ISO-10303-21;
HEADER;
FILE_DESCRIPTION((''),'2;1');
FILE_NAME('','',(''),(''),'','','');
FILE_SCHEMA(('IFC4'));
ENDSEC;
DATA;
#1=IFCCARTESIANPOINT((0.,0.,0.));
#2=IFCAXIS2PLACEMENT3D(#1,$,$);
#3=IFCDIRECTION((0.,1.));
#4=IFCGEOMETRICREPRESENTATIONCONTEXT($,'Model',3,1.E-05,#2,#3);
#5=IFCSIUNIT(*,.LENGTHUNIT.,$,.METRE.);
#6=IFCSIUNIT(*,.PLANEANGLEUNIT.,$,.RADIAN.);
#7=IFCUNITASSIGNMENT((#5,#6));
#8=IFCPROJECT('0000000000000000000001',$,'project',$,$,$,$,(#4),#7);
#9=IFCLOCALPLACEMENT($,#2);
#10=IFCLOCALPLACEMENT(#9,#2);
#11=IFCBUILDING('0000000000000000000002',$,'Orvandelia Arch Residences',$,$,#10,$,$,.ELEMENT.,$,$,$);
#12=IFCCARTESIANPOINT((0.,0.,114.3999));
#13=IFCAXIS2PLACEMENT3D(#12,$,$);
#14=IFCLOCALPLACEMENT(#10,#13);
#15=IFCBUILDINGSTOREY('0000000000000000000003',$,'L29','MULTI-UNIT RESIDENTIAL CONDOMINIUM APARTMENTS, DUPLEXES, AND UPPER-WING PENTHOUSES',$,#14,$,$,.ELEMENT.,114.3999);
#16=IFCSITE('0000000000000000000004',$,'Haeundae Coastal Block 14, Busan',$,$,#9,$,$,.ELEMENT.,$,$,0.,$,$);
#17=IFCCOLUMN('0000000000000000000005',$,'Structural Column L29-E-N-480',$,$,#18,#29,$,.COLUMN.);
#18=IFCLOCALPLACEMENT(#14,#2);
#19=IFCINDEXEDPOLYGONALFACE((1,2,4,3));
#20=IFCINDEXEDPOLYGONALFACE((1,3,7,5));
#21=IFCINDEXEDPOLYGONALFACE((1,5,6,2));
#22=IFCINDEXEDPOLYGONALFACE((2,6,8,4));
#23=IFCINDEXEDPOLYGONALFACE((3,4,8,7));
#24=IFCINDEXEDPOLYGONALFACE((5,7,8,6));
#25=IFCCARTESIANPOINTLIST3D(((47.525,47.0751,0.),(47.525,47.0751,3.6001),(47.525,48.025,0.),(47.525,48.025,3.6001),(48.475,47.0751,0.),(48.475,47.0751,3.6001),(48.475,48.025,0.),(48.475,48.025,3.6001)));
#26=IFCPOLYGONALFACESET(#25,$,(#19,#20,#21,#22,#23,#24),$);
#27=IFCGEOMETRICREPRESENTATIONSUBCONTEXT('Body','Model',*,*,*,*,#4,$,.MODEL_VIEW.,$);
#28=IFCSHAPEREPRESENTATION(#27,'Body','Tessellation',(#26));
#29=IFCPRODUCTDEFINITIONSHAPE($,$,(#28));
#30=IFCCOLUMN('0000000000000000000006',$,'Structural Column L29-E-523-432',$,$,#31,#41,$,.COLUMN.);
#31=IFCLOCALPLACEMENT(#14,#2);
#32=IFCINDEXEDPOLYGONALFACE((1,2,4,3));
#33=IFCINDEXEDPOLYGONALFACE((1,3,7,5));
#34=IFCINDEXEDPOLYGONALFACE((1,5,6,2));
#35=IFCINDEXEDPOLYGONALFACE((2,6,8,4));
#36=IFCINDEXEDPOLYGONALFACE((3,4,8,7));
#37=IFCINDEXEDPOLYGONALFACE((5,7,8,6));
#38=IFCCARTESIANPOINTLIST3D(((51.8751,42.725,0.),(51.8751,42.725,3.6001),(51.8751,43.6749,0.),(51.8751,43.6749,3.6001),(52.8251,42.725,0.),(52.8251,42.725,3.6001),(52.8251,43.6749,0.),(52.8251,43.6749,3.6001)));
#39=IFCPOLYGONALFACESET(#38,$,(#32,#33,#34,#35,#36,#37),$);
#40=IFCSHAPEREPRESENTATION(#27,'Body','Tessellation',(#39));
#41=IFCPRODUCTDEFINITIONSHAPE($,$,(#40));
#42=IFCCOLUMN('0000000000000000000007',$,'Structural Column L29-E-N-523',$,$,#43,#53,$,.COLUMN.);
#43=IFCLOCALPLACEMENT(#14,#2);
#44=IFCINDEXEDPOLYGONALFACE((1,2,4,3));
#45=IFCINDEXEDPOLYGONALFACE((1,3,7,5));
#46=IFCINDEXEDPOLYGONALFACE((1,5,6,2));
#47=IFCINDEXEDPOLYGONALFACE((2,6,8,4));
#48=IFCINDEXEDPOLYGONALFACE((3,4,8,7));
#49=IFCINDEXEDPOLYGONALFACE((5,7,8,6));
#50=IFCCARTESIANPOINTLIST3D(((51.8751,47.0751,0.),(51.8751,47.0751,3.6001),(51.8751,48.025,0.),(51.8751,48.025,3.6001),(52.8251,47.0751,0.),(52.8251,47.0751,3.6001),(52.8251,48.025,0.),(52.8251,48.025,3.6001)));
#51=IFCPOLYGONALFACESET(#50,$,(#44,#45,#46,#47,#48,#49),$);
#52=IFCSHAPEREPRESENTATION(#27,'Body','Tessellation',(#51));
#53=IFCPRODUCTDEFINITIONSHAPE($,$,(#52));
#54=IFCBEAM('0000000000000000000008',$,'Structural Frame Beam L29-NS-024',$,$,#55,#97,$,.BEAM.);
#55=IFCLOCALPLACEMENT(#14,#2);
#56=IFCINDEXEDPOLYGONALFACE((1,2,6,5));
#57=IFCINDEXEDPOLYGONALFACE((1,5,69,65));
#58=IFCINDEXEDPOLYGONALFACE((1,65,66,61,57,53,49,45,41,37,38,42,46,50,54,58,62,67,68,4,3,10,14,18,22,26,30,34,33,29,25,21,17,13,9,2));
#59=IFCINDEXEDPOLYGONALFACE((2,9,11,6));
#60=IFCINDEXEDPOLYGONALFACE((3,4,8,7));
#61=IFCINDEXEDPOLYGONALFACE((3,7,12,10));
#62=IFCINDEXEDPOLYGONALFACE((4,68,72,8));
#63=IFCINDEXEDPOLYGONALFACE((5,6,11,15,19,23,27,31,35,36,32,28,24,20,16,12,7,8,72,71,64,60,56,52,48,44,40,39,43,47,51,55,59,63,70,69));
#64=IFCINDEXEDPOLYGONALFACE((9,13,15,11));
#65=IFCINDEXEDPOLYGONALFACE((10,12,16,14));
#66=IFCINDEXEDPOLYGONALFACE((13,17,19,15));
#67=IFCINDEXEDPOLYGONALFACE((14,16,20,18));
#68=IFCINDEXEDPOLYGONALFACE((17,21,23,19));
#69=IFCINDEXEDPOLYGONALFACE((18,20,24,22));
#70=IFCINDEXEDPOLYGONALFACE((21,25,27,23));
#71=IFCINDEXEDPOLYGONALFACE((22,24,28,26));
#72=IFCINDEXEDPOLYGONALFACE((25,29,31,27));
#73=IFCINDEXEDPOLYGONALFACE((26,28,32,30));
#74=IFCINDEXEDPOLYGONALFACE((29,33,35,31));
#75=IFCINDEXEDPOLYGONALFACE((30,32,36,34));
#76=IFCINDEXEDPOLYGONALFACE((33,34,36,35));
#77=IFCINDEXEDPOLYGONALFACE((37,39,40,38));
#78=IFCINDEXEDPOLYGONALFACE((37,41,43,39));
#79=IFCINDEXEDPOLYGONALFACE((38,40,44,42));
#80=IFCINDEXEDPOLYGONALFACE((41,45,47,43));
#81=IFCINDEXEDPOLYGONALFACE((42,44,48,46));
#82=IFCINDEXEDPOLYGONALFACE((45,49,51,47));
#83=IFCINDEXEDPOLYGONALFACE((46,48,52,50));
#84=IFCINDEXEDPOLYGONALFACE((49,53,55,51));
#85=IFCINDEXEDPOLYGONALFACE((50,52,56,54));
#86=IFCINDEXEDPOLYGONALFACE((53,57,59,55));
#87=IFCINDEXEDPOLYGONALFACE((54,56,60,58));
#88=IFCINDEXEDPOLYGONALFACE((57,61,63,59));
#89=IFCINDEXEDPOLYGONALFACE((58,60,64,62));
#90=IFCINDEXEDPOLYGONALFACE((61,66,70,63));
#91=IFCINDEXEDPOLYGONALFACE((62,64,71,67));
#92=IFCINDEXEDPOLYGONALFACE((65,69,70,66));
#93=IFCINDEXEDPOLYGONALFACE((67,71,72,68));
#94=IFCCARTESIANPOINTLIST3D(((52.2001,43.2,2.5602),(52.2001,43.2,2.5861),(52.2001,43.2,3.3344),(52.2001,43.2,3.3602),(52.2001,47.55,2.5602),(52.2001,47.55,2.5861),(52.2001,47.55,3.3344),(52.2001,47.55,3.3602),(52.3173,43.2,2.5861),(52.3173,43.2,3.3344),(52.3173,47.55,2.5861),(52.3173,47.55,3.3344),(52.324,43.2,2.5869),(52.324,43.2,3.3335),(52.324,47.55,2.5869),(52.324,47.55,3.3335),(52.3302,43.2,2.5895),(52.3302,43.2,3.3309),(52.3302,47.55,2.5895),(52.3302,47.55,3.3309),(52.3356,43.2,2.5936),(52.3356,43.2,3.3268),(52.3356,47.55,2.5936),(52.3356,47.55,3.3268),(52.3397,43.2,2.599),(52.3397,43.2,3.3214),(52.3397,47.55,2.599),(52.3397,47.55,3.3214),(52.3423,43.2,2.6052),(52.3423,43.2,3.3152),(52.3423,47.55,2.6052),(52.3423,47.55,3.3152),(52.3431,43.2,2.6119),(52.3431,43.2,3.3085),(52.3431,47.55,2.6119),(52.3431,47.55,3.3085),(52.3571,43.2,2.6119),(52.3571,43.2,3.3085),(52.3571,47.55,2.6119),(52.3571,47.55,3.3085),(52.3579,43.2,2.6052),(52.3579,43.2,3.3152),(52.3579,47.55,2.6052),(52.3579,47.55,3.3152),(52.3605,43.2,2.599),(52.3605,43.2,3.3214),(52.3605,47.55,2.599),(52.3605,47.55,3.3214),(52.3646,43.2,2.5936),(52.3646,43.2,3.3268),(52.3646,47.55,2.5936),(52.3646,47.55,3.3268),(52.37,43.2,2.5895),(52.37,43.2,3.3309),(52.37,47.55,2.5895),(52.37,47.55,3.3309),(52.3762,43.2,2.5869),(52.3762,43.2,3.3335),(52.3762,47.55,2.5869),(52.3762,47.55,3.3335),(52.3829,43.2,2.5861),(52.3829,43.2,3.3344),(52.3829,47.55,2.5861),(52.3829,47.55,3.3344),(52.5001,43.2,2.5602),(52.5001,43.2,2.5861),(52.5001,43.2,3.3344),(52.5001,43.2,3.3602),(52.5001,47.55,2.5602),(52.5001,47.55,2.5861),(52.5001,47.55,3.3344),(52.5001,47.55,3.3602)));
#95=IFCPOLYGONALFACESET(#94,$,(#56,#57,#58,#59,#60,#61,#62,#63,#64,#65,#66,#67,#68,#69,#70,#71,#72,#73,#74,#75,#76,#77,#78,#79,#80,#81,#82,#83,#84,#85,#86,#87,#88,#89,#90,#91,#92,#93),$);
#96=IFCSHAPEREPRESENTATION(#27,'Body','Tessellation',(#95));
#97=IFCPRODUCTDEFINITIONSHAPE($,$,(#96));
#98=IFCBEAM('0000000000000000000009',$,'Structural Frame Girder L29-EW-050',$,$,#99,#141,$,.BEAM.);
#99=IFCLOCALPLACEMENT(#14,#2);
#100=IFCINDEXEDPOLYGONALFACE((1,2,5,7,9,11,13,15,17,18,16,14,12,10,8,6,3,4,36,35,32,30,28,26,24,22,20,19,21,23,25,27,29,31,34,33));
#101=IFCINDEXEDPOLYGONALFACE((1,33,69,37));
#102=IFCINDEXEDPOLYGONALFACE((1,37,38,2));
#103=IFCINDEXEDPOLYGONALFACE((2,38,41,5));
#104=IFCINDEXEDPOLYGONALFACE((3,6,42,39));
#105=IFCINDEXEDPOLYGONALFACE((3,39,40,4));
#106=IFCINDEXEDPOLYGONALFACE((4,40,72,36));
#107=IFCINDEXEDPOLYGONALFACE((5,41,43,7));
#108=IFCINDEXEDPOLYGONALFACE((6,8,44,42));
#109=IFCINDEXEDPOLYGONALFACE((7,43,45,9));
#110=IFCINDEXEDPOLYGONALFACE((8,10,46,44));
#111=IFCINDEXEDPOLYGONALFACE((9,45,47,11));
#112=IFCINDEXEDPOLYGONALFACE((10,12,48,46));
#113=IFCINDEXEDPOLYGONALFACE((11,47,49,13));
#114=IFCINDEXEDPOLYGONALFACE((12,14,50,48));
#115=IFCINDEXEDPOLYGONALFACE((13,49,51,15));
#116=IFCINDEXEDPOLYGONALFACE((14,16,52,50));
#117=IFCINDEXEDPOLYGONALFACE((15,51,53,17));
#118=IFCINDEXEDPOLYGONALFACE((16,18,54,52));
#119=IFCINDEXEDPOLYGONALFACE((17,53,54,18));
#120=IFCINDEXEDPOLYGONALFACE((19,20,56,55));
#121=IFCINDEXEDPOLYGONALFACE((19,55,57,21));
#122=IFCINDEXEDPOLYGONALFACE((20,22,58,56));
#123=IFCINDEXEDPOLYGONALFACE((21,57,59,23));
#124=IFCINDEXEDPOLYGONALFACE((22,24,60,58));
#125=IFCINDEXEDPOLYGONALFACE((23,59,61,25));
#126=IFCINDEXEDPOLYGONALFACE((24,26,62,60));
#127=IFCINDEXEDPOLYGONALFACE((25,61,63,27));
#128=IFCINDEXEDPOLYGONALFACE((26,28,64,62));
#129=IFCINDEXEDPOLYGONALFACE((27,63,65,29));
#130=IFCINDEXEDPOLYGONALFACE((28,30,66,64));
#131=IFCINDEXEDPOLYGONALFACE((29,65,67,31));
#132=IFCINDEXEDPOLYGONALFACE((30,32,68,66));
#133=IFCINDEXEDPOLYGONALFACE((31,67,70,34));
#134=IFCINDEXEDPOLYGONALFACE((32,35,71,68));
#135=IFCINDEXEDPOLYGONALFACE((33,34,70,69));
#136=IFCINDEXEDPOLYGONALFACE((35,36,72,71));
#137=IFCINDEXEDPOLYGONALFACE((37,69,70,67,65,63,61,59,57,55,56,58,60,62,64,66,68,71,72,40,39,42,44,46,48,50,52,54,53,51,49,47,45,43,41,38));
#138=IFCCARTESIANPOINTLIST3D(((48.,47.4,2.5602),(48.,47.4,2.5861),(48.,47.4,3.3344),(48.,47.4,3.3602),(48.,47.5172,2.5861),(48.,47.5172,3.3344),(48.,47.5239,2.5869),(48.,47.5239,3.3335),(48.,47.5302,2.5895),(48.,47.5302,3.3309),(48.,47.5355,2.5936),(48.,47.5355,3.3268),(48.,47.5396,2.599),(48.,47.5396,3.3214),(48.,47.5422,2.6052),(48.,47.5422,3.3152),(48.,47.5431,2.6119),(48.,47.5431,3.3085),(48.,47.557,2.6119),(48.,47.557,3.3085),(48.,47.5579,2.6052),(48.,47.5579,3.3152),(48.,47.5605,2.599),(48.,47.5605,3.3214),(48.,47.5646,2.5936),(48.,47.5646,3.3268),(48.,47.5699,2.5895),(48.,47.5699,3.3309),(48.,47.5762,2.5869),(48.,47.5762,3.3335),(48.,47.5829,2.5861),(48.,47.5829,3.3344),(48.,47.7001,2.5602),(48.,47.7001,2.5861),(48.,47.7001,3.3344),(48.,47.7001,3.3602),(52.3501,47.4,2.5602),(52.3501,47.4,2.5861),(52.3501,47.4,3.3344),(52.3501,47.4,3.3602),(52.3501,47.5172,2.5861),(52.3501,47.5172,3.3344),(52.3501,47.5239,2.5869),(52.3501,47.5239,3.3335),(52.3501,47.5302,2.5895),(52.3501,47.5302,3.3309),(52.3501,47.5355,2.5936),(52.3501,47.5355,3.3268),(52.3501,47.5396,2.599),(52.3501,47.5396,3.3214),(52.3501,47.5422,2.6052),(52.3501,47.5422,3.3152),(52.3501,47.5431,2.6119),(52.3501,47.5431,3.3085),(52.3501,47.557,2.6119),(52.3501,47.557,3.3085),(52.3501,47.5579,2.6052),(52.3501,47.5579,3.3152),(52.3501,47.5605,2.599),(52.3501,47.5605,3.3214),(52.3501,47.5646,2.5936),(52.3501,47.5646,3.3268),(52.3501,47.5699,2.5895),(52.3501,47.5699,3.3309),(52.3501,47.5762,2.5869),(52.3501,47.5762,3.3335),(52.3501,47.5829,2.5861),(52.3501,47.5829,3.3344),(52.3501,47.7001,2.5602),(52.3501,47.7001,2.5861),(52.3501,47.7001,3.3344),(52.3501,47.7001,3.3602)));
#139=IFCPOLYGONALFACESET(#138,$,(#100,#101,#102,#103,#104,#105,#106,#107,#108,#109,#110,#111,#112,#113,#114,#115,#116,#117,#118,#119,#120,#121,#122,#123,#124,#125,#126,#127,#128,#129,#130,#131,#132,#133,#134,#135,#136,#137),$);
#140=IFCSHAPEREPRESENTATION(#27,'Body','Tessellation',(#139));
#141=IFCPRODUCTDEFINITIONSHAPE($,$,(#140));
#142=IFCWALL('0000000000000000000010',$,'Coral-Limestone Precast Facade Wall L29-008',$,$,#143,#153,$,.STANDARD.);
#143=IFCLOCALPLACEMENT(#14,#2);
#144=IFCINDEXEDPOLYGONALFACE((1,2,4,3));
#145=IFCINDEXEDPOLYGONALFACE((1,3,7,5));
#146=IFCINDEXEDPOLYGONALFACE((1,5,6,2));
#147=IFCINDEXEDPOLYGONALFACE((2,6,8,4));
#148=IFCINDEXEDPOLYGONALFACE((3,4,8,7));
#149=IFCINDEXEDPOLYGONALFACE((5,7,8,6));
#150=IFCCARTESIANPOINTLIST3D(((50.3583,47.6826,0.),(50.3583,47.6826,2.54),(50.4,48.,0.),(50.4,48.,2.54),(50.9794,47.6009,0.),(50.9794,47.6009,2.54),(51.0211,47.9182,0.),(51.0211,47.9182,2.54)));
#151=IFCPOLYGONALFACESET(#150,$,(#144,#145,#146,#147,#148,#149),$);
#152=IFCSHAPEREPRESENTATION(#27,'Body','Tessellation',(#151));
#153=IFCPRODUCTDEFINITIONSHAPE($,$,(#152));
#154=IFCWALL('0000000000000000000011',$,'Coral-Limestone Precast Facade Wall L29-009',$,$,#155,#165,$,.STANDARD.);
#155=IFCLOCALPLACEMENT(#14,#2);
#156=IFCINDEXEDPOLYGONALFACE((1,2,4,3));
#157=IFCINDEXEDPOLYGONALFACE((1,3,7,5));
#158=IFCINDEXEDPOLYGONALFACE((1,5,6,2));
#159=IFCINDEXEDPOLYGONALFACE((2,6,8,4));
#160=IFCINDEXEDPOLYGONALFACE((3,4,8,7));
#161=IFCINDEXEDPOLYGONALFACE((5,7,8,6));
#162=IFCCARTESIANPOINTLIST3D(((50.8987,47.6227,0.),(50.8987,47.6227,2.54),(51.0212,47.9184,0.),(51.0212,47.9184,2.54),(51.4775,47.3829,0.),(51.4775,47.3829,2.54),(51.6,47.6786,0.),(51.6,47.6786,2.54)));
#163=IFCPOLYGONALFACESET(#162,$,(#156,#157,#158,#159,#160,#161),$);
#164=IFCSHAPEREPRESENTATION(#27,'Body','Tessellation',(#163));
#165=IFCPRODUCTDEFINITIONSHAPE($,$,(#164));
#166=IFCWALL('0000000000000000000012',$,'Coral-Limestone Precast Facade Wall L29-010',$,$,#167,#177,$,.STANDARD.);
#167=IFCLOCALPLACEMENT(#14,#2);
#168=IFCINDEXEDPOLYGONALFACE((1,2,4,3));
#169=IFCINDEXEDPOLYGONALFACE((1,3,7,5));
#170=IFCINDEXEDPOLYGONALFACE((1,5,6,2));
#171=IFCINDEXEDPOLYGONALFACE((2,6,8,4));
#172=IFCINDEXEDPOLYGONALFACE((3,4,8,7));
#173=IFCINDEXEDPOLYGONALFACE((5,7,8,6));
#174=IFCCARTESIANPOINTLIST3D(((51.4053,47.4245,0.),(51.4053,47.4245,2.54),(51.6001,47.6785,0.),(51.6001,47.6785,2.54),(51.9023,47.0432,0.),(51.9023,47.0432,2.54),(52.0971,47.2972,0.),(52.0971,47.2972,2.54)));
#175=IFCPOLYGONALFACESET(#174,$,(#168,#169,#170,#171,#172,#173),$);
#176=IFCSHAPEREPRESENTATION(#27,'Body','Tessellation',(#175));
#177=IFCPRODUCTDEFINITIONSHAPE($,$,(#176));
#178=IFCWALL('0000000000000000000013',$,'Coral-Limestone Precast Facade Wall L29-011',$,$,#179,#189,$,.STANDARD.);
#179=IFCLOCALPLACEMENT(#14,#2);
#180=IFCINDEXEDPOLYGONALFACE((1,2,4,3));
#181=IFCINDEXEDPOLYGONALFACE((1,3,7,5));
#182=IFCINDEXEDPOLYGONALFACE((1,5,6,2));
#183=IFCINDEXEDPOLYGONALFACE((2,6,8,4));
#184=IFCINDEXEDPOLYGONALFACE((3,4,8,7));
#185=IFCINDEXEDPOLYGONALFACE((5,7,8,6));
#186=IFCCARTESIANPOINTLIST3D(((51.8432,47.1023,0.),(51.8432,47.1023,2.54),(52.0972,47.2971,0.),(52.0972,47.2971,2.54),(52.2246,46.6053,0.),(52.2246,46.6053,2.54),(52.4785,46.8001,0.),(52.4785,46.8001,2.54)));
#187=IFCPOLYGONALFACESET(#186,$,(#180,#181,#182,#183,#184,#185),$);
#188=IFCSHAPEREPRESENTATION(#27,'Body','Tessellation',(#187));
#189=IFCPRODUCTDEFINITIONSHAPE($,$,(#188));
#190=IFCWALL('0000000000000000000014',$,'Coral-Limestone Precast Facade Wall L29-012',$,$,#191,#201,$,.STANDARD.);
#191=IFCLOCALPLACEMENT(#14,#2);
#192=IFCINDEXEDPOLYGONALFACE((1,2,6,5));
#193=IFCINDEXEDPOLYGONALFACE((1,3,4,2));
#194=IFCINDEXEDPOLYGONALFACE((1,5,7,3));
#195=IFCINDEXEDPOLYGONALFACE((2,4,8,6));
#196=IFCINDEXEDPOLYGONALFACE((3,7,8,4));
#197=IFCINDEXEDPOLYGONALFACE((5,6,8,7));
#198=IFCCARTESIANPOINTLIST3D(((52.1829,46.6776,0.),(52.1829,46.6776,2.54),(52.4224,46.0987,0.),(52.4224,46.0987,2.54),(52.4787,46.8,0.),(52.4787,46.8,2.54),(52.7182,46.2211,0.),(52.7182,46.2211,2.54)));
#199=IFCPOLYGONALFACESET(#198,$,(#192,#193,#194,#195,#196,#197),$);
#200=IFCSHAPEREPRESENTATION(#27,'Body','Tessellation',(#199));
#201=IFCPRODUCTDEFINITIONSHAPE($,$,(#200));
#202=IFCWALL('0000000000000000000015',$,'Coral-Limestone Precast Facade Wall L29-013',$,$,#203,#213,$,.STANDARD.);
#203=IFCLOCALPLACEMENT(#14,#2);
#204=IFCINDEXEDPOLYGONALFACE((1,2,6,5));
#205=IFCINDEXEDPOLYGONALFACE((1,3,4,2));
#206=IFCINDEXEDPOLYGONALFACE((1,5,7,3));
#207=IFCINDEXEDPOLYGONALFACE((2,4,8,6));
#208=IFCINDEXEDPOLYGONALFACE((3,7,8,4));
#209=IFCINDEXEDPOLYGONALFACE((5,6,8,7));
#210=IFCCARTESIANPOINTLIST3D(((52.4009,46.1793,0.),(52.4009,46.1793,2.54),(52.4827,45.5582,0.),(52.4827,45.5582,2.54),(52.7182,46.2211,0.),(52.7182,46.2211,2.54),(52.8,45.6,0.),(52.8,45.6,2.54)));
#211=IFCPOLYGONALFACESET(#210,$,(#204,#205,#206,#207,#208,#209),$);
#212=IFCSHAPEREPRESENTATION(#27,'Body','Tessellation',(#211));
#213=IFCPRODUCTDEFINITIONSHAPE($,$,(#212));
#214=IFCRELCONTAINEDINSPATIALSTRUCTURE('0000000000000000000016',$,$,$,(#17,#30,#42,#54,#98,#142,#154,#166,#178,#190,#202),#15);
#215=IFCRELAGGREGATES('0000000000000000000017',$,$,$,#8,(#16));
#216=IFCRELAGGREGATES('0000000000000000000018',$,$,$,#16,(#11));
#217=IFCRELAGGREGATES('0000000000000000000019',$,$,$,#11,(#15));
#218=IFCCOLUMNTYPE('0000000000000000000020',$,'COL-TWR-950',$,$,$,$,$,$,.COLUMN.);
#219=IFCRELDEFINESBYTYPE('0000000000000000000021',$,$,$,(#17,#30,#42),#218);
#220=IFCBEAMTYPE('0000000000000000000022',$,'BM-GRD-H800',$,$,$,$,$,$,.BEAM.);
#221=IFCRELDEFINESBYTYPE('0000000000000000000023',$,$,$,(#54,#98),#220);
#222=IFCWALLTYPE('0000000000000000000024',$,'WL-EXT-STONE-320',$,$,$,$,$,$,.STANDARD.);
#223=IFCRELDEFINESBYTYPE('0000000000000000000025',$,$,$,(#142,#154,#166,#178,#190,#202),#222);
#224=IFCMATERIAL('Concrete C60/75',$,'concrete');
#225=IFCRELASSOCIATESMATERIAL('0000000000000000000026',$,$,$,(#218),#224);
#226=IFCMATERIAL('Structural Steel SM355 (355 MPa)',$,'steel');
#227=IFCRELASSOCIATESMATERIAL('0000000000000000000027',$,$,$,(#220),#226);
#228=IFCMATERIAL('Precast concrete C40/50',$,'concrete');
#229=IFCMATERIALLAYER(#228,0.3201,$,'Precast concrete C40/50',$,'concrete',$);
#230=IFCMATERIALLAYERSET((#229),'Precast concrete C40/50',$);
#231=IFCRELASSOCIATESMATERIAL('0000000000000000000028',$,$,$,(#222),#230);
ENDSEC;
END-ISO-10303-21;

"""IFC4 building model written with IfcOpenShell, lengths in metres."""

from ifc_helpers import new_model, si_unit, direction, frame, frame_2d, origin, origin_2d, place, context, subcontext, project, spatial, rectangle, i_section, extrude, material, layer, layer_set, material_profile, profile_set, type_object, element, save


model = new_model("IFC4")

# Units and contexts
model_context = context("Model", 3, precision=1e-05, world=origin(), true_north=direction((0.0, 1.0)))
body_context = subcontext(model_context, "Body", "Model", "MODEL_VIEW")
ifc_project = project(units=[si_unit("LENGTHUNIT", "METRE"), si_unit("PLANEANGLEUNIT", "RADIAN")], contexts=[model_context])

# Site, building, storey
site_placement = place(None, origin())
site = spatial("IfcSite", under=ifc_project, at=site_placement, Name="Haeundae Coastal Block 14, Busan", CompositionType="ELEMENT", RefElevation=0.0)
building_placement = place(site_placement, origin())
building = spatial("IfcBuilding", under=site, at=building_placement, Name="Orvandelia Arch Residences", CompositionType="ELEMENT")
storey_placement = place(building_placement, frame((0.0, 0.0, 114.3999)))
storey = spatial("IfcBuildingStorey", under=building, at=storey_placement, Name="L29", Description="MULTI-UNIT RESIDENTIAL CONDOMINIUM APARTMENTS, DUPLEXES, AND UPPER-WING PENTHOUSES", CompositionType="ELEMENT", Elevation=114.3999)

# Columns
ifc_material_1 = material(Name="Concrete C60/75", Category="concrete")
ifc_material_profile_1 = material_profile(ifc_material_1, rectangle(XDim=0.95, YDim=0.95, at=origin_2d()), Name="Concrete C60/75", Category="concrete")
ifc_profile_set_1 = profile_set([ifc_material_profile_1], Name="Concrete C60/75")
column_type = type_object("IfcColumnType", Name="COL-TWR-950", PredefinedType="COLUMN", material=ifc_profile_set_1)
for number, where, z_axis, x_axis, name in (
    (1, (48.0, 47.55, 0.0), (0.0, 0.0, 1.0), (1.0, 0.0, 0.0), "Structural Column L29-E-N-480"),
    (2, (52.3501, 43.2, 0.0), (0.0, 0.0, 1.0), (1.0, 0.0, 0.0), "Structural Column L29-E-523-432"),
    (3, (52.3501, 47.55, 0.0), (0.0, 0.0, 1.0), (1.0, 0.0, 0.0), "Structural Column L29-E-N-523"),
):
    element("IfcColumn", number, at=place(storey_placement, frame(where, z_axis=z_axis, x_axis=x_axis)), inside=storey, type_object=column_type, Name=name, PredefinedType="COLUMN", context=body_context, shape_type="SweptSolid", body=[
        extrude(rectangle(XDim=0.95, YDim=0.95, at=origin_2d()), origin(), (0.0, 0.0, 1.0), 3.6001),
    ])

# Beams
ifc_material_2 = material(Name="Structural Steel SM355 (355 MPa)", Category="steel")
ifc_material_profile_2 = material_profile(ifc_material_2, i_section(OverallWidth=0.3, OverallDepth=0.8, WebThickness=0.0139, FlangeThickness=0.0259, FilletRadius=0.0259, at=origin_2d()), Name="Structural Steel SM355 (355 MPa)", Category="steel")
ifc_profile_set_2 = profile_set([ifc_material_profile_2], Name="Structural Steel SM355 (355 MPa)")
beam_type = type_object("IfcBeamType", Name="BM-GRD-H800", PredefinedType="BEAM", material=ifc_profile_set_2)
for number, where, z_axis, x_axis, name in (
    (4, (52.3501, 43.2, 2.9602), (0.0, 1.0, 0.0), (-1.0, 0.0, 0.0), "Structural Frame Beam L29-NS-024"),
    (5, (48.0, 47.55, 2.9602), (1.0, 0.0, 0.0), (0.0, 1.0, 0.0), "Structural Frame Girder L29-EW-050"),
):
    element("IfcBeam", number, at=place(storey_placement, frame(where, z_axis=z_axis, x_axis=x_axis)), inside=storey, type_object=beam_type, Name=name, PredefinedType="BEAM", context=body_context, shape_type="SweptSolid", body=[
        extrude(i_section(OverallWidth=0.3, OverallDepth=0.8, WebThickness=0.0139, FlangeThickness=0.0259, FilletRadius=0.0259, at=origin_2d()), origin(), (0.0, 0.0, 1.0), 4.3501),
    ])

# Walls
ifc_material_3 = material(Name="Precast concrete C40/50", Category="concrete")
ifc_layer_1 = layer(ifc_material_3, 0.3201, Name="Precast concrete C40/50", Category="concrete")
ifc_layer_set_1 = layer_set([ifc_layer_1], Name="Precast concrete C40/50")
wall_type_1 = type_object("IfcWallType", Name="WL-EXT-STONE-320", PredefinedType="STANDARD", material=ifc_layer_set_1)
for number, where, z_axis, x_axis, name in (
    (6, (50.3792, 47.8413, 0.0), (0.0, 0.0, 1.0), (0.991441, -0.130555, 0.0), "Coral-Limestone Precast Facade Wall L29-008"),
    (7, (50.96, 47.7705, 0.0), (0.0, 0.0, 1.0), (0.923893, -0.38265, 0.0), "Coral-Limestone Precast Facade Wall L29-009"),
    (8, (51.5027, 47.5515, 0.0), (0.0, 0.0, 1.0), (0.793406, -0.608693, 0.0), "Coral-Limestone Precast Facade Wall L29-010"),
    (9, (51.9702, 47.1997, 0.0), (0.0, 0.0, 1.0), (0.608693, -0.793406, 0.0), "Coral-Limestone Precast Facade Wall L29-011"),
    (10, (52.3308, 46.7388, 0.0), (0.0, 0.0, 1.0), (0.382317, -0.924031, 0.0), "Coral-Limestone Precast Facade Wall L29-012"),
    (11, (52.5596, 46.2002, 0.0), (0.0, 0.0, 1.0), (0.130555, -0.991441, 0.0), "Coral-Limestone Precast Facade Wall L29-013"),
):
    element("IfcWall", number, at=place(storey_placement, frame(where, z_axis=z_axis, x_axis=x_axis)), inside=storey, type_object=wall_type_1, Name=name, PredefinedType="STANDARD", context=body_context, shape_type="SweptSolid", body=[
        extrude(rectangle(XDim=0.6265, YDim=0.3201, at=frame_2d((0.3132, 0.0))), origin(), (0.0, 0.0, 1.0), 2.54),
    ])

save(model, "model.ifc")
